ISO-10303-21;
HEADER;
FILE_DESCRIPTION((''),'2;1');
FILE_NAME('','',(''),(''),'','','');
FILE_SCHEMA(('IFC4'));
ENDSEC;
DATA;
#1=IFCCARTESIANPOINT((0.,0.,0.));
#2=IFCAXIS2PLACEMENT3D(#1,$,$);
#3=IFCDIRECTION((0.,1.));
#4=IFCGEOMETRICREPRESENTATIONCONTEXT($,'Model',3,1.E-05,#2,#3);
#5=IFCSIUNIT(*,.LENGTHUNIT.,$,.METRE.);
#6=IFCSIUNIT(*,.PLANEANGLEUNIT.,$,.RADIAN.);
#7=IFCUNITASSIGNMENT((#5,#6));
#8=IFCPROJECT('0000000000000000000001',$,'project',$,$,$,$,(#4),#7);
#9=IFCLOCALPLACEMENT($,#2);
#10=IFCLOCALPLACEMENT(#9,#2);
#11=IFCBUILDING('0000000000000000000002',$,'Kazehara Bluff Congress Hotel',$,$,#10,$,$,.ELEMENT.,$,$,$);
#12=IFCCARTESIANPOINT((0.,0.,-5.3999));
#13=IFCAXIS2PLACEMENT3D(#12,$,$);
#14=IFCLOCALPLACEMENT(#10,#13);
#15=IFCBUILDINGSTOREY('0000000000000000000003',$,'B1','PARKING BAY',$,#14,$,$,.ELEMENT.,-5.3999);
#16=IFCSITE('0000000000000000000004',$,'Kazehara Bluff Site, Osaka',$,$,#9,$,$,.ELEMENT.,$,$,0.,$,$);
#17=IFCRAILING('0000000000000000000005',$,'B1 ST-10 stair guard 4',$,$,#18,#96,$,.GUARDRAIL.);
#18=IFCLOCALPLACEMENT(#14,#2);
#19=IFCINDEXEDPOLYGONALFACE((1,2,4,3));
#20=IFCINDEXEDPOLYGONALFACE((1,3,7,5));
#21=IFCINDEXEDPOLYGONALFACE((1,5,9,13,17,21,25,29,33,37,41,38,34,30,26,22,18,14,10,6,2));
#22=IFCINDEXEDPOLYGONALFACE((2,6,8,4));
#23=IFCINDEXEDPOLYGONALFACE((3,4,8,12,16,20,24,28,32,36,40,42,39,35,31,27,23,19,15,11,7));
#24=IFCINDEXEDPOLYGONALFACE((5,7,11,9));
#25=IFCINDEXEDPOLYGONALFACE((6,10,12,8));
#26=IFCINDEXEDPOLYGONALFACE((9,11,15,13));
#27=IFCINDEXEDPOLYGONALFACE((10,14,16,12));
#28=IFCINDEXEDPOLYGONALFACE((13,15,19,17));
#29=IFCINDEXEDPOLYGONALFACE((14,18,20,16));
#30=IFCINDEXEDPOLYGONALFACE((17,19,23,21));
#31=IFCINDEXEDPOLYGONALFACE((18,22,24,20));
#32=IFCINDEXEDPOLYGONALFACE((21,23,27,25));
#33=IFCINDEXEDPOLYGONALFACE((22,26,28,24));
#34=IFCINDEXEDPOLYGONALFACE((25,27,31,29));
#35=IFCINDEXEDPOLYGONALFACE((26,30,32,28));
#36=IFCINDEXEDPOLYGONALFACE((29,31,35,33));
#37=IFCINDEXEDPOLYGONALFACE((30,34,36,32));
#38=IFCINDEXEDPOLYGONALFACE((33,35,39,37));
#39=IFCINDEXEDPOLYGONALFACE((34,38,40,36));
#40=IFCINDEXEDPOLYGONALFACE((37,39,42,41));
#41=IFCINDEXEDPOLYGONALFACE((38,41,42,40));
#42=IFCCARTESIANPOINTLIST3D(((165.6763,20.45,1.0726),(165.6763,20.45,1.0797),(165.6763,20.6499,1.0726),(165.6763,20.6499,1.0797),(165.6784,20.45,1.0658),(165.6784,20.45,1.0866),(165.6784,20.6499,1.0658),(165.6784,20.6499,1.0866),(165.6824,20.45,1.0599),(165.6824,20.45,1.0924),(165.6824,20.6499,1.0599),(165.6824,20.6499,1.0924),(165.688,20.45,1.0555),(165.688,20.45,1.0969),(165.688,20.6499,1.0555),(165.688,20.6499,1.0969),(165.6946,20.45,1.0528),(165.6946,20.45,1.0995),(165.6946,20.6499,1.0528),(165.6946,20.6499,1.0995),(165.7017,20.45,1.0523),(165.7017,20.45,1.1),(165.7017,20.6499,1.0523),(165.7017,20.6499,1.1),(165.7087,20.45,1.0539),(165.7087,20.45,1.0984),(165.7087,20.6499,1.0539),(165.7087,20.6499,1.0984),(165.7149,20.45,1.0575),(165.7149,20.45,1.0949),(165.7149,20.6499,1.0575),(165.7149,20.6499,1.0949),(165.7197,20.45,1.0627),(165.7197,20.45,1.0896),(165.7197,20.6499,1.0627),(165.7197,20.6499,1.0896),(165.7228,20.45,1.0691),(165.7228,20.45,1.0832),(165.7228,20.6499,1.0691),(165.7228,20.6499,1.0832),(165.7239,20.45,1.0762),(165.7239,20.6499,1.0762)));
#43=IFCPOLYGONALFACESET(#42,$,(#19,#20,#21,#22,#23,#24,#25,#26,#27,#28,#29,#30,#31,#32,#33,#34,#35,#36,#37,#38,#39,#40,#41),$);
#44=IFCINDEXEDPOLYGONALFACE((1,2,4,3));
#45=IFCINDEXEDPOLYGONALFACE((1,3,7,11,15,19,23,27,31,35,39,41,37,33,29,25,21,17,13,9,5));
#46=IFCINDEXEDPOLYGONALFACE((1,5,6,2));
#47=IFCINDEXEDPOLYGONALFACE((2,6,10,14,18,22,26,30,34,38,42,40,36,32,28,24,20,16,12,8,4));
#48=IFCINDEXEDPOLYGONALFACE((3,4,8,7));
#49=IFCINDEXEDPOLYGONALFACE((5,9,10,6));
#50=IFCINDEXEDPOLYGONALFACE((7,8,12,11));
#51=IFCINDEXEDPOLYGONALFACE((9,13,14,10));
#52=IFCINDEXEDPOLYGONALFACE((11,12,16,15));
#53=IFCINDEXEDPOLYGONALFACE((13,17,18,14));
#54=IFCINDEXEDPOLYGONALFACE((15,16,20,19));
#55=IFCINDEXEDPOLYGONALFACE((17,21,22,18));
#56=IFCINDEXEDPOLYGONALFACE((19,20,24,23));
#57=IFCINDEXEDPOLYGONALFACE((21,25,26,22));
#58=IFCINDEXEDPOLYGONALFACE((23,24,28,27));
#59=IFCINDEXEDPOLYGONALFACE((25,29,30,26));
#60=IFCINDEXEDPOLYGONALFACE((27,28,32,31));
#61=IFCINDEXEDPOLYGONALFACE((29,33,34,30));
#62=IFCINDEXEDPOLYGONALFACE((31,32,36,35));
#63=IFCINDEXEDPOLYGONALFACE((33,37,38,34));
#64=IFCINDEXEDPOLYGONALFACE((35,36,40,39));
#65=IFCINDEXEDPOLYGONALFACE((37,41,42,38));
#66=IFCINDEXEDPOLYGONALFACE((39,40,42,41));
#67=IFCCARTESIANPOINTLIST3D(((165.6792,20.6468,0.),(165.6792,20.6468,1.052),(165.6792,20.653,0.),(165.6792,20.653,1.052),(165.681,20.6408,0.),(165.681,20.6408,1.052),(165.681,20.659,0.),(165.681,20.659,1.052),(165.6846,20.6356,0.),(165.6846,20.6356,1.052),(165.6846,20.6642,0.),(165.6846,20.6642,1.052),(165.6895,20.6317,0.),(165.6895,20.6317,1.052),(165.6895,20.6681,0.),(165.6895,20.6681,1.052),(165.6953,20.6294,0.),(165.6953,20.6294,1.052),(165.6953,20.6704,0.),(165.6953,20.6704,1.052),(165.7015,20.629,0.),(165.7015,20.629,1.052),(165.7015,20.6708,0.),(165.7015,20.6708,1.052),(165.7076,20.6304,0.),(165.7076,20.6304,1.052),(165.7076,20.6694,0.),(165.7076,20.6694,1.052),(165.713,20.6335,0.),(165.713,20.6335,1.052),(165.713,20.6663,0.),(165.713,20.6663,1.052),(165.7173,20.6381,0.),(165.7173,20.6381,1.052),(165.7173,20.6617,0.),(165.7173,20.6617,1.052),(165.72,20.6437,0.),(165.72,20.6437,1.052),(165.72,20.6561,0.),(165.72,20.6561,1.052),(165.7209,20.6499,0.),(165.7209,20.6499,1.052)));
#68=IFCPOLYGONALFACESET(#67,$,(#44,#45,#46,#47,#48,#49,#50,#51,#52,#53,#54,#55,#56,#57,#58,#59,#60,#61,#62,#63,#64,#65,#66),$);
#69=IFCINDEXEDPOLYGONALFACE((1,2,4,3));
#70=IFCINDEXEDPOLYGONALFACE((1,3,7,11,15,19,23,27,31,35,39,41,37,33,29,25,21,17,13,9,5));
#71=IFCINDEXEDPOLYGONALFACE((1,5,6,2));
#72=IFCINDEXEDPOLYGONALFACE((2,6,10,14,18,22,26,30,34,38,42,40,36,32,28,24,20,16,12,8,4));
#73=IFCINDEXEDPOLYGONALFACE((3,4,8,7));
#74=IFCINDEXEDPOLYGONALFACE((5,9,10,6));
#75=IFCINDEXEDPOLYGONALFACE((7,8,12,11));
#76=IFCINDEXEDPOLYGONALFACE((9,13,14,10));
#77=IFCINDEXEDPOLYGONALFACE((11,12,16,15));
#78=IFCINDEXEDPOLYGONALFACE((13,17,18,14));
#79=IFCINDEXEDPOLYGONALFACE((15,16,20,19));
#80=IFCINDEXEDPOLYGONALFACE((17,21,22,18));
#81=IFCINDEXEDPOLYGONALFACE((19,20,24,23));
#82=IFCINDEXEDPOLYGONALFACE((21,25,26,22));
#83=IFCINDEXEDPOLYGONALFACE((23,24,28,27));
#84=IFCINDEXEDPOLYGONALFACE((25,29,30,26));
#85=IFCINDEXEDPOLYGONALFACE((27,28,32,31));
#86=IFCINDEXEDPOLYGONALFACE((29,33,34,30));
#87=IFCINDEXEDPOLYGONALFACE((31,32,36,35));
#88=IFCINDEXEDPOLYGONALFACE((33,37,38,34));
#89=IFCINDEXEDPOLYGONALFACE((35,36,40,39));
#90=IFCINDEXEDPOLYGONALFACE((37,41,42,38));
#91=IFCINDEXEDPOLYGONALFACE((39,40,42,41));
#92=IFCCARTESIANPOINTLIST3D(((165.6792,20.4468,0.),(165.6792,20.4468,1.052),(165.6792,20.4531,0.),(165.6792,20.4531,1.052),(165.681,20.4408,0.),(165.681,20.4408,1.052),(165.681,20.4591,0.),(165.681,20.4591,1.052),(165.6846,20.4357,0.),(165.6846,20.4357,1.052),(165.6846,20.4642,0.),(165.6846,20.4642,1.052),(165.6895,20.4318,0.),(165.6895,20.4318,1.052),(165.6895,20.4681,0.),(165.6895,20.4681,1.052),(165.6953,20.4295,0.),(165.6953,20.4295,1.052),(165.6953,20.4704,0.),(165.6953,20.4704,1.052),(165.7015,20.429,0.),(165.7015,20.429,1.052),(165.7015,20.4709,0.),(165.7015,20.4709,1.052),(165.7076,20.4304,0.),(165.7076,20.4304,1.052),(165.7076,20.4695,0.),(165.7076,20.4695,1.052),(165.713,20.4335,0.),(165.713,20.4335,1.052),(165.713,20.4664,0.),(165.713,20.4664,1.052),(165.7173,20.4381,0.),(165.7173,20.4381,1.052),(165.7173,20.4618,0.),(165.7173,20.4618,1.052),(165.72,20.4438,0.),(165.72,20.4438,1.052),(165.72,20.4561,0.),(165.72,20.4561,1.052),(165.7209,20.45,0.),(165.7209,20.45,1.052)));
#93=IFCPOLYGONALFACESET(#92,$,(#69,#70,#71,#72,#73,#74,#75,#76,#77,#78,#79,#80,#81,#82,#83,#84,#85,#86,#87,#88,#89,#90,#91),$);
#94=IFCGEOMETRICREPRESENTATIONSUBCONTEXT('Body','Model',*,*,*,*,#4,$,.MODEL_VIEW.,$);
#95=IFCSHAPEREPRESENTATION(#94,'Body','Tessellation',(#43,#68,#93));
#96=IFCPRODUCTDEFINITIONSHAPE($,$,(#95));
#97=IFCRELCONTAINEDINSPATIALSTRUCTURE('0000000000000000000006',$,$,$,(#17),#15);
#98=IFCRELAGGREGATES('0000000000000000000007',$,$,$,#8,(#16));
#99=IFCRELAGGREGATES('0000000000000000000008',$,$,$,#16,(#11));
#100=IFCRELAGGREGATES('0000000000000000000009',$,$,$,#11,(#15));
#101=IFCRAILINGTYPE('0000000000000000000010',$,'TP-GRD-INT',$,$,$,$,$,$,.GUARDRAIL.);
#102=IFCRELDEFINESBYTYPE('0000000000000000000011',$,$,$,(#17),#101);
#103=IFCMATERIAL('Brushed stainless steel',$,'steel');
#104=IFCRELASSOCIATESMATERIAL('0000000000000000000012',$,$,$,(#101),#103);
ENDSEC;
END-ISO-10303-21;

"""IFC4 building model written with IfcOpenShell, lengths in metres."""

from ifc_helpers import new_model, si_unit, direction, frame, origin, origin_2d, place, context, subcontext, project, spatial, circle, extrude, material, type_object, element, save


model = new_model("IFC4")

# Units and contexts
model_context = context("Model", 3, precision=1e-05, world=origin(), true_north=direction((0.0, 1.0)))
body_context = subcontext(model_context, "Body", "Model", "MODEL_VIEW")
ifc_project = project(units=[si_unit("LENGTHUNIT", "METRE"), si_unit("PLANEANGLEUNIT", "RADIAN")], contexts=[model_context])

# Site, building, storey
site_placement = place(None, origin())
site = spatial("IfcSite", under=ifc_project, at=site_placement, Name="Kazehara Bluff Site, Osaka", CompositionType="ELEMENT", RefElevation=0.0)
building_placement = place(site_placement, origin())
building = spatial("IfcBuilding", under=site, at=building_placement, Name="Kazehara Bluff Congress Hotel", CompositionType="ELEMENT")
storey_placement = place(building_placement, frame((0.0, 0.0, -5.3999)))
storey = spatial("IfcBuildingStorey", under=building, at=storey_placement, Name="B1", Description="PARKING BAY", CompositionType="ELEMENT", Elevation=-5.3999)

# Railing
ifc_material_1 = material(Name="Brushed stainless steel", Category="steel")
railing_type_1 = type_object("IfcRailingType", Name="TP-GRD-INT", PredefinedType="GUARDRAIL", material=ifc_material_1)
railing_1_placement = place(storey_placement, frame((165.7, 20.6499, 0.0)))
element("IfcRailing", 1, at=railing_1_placement, inside=storey, type_object=railing_type_1, Name="B1 ST-10 stair guard 4", PredefinedType="GUARDRAIL", context=body_context, shape_type="SweptSolid", body=[
    extrude(circle(Radius=0.0239, at=origin_2d()), frame((0.0, 0.0, 1.0762), z_axis=(0.0, -1.0, 0.0), x_axis=(1.0, 0.0, 0.0)), (0.0, 0.0, 1.0), 0.2),
    extrude(circle(Radius=0.021, at=origin_2d()), origin(), (0.0, 0.0, 1.0), 1.052),
    extrude(circle(Radius=0.021, at=origin_2d()), frame((0.0, -0.2, 0.0)), (0.0, 0.0, 1.0), 1.052),
])

save(model, "model.ifc")
